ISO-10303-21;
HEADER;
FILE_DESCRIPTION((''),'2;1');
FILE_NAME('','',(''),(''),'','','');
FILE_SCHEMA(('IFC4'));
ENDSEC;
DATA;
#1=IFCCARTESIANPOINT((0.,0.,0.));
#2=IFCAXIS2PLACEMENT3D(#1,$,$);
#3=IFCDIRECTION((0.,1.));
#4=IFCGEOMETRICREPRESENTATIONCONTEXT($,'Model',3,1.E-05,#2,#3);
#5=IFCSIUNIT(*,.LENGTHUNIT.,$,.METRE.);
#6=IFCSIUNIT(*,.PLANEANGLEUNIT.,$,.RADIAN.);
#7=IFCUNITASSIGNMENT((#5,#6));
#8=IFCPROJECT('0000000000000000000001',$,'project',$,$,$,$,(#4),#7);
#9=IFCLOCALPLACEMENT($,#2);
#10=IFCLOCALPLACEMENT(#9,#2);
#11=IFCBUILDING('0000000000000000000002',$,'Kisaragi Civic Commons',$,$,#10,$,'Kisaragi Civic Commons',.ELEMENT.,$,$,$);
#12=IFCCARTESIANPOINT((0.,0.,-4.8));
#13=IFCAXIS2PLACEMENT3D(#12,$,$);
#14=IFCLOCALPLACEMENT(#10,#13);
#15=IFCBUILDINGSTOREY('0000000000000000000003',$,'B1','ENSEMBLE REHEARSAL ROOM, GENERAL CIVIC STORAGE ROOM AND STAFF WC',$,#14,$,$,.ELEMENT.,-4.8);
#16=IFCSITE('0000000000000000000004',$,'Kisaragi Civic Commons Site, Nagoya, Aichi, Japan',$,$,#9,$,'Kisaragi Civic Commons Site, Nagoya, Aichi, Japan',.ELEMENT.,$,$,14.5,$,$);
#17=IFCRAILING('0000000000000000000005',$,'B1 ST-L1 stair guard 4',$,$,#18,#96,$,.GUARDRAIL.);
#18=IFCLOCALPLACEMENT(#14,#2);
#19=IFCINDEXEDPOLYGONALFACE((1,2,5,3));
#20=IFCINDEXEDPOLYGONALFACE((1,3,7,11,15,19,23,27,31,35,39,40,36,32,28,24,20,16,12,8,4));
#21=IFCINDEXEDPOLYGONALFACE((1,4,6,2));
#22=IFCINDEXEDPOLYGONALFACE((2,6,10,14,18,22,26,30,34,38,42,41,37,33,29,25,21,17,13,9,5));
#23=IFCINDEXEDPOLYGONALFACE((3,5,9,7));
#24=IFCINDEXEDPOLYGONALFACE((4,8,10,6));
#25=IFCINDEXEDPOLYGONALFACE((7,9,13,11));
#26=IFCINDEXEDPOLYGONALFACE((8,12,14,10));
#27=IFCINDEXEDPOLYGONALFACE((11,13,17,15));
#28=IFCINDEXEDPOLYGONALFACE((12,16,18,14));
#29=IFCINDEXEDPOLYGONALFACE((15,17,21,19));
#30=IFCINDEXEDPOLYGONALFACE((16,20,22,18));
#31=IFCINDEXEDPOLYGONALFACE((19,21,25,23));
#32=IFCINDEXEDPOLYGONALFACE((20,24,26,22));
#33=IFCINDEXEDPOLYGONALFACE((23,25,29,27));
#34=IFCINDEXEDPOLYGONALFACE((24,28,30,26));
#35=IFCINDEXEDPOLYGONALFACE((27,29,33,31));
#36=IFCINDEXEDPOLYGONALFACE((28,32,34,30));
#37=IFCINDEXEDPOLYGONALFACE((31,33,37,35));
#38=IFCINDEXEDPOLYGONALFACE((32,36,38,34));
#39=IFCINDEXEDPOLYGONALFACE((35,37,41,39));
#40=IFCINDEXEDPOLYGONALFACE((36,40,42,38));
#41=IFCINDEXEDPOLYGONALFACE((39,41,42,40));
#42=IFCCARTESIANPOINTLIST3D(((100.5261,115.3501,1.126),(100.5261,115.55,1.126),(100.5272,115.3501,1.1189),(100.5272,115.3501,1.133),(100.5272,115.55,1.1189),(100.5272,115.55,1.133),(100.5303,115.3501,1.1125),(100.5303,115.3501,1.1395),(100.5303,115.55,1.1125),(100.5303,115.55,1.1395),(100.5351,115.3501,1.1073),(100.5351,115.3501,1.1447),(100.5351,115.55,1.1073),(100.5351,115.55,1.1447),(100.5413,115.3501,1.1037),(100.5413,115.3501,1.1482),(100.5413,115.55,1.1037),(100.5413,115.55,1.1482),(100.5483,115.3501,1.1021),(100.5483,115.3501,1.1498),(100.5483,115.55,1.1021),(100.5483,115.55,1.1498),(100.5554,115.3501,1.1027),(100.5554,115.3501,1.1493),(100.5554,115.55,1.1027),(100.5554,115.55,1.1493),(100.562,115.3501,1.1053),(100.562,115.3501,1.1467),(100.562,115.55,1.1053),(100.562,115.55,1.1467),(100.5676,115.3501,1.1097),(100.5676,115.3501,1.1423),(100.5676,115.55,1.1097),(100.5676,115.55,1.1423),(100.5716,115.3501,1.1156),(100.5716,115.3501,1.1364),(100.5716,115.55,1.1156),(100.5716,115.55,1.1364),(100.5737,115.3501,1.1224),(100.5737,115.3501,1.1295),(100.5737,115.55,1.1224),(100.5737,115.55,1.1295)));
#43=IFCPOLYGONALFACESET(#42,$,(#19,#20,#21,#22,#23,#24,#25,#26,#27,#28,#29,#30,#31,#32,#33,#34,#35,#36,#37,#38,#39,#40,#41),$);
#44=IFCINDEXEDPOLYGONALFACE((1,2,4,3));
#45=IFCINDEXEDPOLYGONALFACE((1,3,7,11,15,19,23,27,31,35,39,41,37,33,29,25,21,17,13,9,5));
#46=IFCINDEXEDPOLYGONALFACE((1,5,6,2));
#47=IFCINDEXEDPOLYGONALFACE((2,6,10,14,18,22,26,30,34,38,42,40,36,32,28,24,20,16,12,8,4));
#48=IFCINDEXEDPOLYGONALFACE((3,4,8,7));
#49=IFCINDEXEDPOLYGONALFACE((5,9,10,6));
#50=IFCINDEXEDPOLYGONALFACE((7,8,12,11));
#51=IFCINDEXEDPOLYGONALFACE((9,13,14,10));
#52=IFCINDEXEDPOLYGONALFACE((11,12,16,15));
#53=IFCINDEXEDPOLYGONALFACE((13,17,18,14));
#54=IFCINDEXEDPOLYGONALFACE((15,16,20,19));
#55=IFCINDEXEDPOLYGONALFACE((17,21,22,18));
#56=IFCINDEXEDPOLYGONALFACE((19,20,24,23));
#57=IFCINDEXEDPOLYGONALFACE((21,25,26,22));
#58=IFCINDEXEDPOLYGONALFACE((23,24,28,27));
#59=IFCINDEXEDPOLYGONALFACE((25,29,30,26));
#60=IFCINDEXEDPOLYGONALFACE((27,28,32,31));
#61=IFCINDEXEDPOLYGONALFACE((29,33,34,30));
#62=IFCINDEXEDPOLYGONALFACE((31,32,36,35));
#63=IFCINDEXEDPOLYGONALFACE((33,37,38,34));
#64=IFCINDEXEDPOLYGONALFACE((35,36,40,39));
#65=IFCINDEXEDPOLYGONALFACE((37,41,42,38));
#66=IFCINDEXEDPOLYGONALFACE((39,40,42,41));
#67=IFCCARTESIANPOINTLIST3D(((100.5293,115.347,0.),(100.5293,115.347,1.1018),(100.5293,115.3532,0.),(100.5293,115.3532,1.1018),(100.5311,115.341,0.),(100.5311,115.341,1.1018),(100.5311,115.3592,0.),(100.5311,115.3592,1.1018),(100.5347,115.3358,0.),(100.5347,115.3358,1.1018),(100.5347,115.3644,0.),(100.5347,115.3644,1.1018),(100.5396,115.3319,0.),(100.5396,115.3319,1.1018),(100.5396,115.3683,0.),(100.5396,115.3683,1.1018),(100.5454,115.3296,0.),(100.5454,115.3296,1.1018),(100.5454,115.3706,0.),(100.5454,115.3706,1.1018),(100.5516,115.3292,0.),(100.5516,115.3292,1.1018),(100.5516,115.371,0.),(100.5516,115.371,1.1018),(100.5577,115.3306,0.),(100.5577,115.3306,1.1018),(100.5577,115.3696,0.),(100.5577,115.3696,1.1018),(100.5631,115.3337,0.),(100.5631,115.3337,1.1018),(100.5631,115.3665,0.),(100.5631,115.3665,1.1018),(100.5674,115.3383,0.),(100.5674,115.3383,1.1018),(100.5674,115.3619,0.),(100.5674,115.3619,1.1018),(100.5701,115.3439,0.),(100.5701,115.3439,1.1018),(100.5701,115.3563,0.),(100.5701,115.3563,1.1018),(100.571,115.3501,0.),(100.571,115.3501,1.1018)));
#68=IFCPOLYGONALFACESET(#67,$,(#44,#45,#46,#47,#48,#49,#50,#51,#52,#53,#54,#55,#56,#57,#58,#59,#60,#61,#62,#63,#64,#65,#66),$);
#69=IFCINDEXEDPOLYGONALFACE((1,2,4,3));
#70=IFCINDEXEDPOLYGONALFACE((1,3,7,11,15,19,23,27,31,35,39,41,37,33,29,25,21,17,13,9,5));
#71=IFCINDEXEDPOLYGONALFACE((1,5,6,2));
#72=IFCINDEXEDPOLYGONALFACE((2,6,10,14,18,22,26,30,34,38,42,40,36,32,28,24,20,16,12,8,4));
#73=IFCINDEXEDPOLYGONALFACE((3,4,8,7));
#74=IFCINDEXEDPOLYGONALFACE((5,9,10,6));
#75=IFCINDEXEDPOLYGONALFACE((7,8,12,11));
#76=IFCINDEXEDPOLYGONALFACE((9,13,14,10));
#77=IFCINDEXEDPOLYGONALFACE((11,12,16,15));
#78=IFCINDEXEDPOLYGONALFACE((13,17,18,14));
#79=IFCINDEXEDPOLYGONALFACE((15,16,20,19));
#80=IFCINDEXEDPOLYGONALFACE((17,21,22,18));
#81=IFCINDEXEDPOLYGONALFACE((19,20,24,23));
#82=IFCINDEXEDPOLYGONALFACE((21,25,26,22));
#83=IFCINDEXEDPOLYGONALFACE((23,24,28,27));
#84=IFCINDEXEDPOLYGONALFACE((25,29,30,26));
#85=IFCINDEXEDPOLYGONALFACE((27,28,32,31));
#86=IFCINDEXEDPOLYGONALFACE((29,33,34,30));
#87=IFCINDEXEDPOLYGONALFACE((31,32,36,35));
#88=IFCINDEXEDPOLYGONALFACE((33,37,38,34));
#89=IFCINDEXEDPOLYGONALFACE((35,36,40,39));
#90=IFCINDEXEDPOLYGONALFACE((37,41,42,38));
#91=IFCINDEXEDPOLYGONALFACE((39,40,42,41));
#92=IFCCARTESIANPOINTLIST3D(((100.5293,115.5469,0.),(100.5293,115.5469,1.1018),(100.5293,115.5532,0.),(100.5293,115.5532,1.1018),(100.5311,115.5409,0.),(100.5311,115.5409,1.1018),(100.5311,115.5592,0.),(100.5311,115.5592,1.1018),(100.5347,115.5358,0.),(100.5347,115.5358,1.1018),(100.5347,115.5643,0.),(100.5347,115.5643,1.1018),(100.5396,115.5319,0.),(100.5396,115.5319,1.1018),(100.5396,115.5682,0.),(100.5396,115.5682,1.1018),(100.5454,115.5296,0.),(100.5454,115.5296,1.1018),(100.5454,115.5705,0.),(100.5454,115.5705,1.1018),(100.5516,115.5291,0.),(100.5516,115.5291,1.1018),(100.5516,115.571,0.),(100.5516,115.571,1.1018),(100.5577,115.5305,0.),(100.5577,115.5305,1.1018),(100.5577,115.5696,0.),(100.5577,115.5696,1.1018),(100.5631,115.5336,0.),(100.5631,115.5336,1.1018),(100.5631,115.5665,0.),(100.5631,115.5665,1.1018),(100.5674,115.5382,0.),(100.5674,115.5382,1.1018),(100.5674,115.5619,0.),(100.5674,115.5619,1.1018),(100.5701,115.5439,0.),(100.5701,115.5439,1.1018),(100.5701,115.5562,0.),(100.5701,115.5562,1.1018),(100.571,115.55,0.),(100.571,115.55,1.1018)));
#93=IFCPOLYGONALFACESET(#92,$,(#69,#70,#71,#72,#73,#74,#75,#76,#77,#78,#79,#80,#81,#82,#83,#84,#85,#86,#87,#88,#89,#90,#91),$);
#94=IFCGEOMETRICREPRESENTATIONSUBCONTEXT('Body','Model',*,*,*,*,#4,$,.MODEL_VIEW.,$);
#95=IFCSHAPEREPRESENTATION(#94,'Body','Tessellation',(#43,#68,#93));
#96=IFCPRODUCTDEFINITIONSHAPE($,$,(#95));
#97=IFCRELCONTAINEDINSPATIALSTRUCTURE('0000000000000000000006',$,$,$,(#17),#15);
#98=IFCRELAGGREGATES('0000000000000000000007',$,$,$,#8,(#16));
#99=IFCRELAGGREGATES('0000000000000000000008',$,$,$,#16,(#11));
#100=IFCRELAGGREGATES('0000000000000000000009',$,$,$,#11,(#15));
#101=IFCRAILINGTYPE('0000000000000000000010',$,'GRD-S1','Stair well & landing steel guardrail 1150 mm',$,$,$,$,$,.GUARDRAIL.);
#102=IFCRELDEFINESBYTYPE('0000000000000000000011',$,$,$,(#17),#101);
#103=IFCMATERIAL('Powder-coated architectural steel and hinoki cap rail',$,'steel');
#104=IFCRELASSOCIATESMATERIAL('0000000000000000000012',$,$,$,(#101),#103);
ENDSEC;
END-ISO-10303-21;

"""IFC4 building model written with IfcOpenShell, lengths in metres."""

from ifc_helpers import new_model, si_unit, direction, frame, origin, origin_2d, place, context, subcontext, project, spatial, circle, extrude, material, type_object, element, save


model = new_model("IFC4")

# Units and contexts
model_context = context("Model", 3, precision=1e-05, world=origin(), true_north=direction((0.0, 1.0)))
body_context = subcontext(model_context, "Body", "Model", "MODEL_VIEW")
ifc_project = project(units=[si_unit("LENGTHUNIT", "METRE"), si_unit("PLANEANGLEUNIT", "RADIAN")], contexts=[model_context])

# Site, building, storey
site_placement = place(None, origin())
site = spatial("IfcSite", under=ifc_project, at=site_placement, Name="Kisaragi Civic Commons Site, Nagoya, Aichi, Japan", LongName="Kisaragi Civic Commons Site, Nagoya, Aichi, Japan", CompositionType="ELEMENT", RefElevation=14.5)
building_placement = place(site_placement, origin())
building = spatial("IfcBuilding", under=site, at=building_placement, Name="Kisaragi Civic Commons", LongName="Kisaragi Civic Commons", CompositionType="ELEMENT")
storey_placement = place(building_placement, frame((0.0, 0.0, -4.8)))
storey = spatial("IfcBuildingStorey", under=building, at=storey_placement, Name="B1", Description="ENSEMBLE REHEARSAL ROOM, GENERAL CIVIC STORAGE ROOM AND STAFF WC", CompositionType="ELEMENT", Elevation=-4.8)

# Railing
ifc_material_1 = material(Name="Powder-coated architectural steel and hinoki cap rail", Category="steel")
railing_type_1 = type_object("IfcRailingType", Name="GRD-S1", Description="Stair well & landing steel guardrail 1150 mm", PredefinedType="GUARDRAIL", material=ifc_material_1)
railing_1_placement = place(storey_placement, frame((100.55, 115.3501, 0.0)))
element("IfcRailing", 1, at=railing_1_placement, inside=storey, type_object=railing_type_1, Name="B1 ST-L1 stair guard 4", PredefinedType="GUARDRAIL", context=body_context, shape_type="SweptSolid", body=[
    extrude(circle(Radius=0.0239, at=origin_2d()), frame((0.0, 0.0, 1.126), z_axis=(0.0, 1.0, 0.0), x_axis=(-1.0, 0.0, 0.0)), (0.0, 0.0, 1.0), 0.2),
    extrude(circle(Radius=0.021, at=origin_2d()), origin(), (0.0, 0.0, 1.0), 1.1018),
    extrude(circle(Radius=0.021, at=origin_2d()), frame((0.0, 0.2, 0.0)), (0.0, 0.0, 1.0), 1.1018),
])

save(model, "model.ifc")
